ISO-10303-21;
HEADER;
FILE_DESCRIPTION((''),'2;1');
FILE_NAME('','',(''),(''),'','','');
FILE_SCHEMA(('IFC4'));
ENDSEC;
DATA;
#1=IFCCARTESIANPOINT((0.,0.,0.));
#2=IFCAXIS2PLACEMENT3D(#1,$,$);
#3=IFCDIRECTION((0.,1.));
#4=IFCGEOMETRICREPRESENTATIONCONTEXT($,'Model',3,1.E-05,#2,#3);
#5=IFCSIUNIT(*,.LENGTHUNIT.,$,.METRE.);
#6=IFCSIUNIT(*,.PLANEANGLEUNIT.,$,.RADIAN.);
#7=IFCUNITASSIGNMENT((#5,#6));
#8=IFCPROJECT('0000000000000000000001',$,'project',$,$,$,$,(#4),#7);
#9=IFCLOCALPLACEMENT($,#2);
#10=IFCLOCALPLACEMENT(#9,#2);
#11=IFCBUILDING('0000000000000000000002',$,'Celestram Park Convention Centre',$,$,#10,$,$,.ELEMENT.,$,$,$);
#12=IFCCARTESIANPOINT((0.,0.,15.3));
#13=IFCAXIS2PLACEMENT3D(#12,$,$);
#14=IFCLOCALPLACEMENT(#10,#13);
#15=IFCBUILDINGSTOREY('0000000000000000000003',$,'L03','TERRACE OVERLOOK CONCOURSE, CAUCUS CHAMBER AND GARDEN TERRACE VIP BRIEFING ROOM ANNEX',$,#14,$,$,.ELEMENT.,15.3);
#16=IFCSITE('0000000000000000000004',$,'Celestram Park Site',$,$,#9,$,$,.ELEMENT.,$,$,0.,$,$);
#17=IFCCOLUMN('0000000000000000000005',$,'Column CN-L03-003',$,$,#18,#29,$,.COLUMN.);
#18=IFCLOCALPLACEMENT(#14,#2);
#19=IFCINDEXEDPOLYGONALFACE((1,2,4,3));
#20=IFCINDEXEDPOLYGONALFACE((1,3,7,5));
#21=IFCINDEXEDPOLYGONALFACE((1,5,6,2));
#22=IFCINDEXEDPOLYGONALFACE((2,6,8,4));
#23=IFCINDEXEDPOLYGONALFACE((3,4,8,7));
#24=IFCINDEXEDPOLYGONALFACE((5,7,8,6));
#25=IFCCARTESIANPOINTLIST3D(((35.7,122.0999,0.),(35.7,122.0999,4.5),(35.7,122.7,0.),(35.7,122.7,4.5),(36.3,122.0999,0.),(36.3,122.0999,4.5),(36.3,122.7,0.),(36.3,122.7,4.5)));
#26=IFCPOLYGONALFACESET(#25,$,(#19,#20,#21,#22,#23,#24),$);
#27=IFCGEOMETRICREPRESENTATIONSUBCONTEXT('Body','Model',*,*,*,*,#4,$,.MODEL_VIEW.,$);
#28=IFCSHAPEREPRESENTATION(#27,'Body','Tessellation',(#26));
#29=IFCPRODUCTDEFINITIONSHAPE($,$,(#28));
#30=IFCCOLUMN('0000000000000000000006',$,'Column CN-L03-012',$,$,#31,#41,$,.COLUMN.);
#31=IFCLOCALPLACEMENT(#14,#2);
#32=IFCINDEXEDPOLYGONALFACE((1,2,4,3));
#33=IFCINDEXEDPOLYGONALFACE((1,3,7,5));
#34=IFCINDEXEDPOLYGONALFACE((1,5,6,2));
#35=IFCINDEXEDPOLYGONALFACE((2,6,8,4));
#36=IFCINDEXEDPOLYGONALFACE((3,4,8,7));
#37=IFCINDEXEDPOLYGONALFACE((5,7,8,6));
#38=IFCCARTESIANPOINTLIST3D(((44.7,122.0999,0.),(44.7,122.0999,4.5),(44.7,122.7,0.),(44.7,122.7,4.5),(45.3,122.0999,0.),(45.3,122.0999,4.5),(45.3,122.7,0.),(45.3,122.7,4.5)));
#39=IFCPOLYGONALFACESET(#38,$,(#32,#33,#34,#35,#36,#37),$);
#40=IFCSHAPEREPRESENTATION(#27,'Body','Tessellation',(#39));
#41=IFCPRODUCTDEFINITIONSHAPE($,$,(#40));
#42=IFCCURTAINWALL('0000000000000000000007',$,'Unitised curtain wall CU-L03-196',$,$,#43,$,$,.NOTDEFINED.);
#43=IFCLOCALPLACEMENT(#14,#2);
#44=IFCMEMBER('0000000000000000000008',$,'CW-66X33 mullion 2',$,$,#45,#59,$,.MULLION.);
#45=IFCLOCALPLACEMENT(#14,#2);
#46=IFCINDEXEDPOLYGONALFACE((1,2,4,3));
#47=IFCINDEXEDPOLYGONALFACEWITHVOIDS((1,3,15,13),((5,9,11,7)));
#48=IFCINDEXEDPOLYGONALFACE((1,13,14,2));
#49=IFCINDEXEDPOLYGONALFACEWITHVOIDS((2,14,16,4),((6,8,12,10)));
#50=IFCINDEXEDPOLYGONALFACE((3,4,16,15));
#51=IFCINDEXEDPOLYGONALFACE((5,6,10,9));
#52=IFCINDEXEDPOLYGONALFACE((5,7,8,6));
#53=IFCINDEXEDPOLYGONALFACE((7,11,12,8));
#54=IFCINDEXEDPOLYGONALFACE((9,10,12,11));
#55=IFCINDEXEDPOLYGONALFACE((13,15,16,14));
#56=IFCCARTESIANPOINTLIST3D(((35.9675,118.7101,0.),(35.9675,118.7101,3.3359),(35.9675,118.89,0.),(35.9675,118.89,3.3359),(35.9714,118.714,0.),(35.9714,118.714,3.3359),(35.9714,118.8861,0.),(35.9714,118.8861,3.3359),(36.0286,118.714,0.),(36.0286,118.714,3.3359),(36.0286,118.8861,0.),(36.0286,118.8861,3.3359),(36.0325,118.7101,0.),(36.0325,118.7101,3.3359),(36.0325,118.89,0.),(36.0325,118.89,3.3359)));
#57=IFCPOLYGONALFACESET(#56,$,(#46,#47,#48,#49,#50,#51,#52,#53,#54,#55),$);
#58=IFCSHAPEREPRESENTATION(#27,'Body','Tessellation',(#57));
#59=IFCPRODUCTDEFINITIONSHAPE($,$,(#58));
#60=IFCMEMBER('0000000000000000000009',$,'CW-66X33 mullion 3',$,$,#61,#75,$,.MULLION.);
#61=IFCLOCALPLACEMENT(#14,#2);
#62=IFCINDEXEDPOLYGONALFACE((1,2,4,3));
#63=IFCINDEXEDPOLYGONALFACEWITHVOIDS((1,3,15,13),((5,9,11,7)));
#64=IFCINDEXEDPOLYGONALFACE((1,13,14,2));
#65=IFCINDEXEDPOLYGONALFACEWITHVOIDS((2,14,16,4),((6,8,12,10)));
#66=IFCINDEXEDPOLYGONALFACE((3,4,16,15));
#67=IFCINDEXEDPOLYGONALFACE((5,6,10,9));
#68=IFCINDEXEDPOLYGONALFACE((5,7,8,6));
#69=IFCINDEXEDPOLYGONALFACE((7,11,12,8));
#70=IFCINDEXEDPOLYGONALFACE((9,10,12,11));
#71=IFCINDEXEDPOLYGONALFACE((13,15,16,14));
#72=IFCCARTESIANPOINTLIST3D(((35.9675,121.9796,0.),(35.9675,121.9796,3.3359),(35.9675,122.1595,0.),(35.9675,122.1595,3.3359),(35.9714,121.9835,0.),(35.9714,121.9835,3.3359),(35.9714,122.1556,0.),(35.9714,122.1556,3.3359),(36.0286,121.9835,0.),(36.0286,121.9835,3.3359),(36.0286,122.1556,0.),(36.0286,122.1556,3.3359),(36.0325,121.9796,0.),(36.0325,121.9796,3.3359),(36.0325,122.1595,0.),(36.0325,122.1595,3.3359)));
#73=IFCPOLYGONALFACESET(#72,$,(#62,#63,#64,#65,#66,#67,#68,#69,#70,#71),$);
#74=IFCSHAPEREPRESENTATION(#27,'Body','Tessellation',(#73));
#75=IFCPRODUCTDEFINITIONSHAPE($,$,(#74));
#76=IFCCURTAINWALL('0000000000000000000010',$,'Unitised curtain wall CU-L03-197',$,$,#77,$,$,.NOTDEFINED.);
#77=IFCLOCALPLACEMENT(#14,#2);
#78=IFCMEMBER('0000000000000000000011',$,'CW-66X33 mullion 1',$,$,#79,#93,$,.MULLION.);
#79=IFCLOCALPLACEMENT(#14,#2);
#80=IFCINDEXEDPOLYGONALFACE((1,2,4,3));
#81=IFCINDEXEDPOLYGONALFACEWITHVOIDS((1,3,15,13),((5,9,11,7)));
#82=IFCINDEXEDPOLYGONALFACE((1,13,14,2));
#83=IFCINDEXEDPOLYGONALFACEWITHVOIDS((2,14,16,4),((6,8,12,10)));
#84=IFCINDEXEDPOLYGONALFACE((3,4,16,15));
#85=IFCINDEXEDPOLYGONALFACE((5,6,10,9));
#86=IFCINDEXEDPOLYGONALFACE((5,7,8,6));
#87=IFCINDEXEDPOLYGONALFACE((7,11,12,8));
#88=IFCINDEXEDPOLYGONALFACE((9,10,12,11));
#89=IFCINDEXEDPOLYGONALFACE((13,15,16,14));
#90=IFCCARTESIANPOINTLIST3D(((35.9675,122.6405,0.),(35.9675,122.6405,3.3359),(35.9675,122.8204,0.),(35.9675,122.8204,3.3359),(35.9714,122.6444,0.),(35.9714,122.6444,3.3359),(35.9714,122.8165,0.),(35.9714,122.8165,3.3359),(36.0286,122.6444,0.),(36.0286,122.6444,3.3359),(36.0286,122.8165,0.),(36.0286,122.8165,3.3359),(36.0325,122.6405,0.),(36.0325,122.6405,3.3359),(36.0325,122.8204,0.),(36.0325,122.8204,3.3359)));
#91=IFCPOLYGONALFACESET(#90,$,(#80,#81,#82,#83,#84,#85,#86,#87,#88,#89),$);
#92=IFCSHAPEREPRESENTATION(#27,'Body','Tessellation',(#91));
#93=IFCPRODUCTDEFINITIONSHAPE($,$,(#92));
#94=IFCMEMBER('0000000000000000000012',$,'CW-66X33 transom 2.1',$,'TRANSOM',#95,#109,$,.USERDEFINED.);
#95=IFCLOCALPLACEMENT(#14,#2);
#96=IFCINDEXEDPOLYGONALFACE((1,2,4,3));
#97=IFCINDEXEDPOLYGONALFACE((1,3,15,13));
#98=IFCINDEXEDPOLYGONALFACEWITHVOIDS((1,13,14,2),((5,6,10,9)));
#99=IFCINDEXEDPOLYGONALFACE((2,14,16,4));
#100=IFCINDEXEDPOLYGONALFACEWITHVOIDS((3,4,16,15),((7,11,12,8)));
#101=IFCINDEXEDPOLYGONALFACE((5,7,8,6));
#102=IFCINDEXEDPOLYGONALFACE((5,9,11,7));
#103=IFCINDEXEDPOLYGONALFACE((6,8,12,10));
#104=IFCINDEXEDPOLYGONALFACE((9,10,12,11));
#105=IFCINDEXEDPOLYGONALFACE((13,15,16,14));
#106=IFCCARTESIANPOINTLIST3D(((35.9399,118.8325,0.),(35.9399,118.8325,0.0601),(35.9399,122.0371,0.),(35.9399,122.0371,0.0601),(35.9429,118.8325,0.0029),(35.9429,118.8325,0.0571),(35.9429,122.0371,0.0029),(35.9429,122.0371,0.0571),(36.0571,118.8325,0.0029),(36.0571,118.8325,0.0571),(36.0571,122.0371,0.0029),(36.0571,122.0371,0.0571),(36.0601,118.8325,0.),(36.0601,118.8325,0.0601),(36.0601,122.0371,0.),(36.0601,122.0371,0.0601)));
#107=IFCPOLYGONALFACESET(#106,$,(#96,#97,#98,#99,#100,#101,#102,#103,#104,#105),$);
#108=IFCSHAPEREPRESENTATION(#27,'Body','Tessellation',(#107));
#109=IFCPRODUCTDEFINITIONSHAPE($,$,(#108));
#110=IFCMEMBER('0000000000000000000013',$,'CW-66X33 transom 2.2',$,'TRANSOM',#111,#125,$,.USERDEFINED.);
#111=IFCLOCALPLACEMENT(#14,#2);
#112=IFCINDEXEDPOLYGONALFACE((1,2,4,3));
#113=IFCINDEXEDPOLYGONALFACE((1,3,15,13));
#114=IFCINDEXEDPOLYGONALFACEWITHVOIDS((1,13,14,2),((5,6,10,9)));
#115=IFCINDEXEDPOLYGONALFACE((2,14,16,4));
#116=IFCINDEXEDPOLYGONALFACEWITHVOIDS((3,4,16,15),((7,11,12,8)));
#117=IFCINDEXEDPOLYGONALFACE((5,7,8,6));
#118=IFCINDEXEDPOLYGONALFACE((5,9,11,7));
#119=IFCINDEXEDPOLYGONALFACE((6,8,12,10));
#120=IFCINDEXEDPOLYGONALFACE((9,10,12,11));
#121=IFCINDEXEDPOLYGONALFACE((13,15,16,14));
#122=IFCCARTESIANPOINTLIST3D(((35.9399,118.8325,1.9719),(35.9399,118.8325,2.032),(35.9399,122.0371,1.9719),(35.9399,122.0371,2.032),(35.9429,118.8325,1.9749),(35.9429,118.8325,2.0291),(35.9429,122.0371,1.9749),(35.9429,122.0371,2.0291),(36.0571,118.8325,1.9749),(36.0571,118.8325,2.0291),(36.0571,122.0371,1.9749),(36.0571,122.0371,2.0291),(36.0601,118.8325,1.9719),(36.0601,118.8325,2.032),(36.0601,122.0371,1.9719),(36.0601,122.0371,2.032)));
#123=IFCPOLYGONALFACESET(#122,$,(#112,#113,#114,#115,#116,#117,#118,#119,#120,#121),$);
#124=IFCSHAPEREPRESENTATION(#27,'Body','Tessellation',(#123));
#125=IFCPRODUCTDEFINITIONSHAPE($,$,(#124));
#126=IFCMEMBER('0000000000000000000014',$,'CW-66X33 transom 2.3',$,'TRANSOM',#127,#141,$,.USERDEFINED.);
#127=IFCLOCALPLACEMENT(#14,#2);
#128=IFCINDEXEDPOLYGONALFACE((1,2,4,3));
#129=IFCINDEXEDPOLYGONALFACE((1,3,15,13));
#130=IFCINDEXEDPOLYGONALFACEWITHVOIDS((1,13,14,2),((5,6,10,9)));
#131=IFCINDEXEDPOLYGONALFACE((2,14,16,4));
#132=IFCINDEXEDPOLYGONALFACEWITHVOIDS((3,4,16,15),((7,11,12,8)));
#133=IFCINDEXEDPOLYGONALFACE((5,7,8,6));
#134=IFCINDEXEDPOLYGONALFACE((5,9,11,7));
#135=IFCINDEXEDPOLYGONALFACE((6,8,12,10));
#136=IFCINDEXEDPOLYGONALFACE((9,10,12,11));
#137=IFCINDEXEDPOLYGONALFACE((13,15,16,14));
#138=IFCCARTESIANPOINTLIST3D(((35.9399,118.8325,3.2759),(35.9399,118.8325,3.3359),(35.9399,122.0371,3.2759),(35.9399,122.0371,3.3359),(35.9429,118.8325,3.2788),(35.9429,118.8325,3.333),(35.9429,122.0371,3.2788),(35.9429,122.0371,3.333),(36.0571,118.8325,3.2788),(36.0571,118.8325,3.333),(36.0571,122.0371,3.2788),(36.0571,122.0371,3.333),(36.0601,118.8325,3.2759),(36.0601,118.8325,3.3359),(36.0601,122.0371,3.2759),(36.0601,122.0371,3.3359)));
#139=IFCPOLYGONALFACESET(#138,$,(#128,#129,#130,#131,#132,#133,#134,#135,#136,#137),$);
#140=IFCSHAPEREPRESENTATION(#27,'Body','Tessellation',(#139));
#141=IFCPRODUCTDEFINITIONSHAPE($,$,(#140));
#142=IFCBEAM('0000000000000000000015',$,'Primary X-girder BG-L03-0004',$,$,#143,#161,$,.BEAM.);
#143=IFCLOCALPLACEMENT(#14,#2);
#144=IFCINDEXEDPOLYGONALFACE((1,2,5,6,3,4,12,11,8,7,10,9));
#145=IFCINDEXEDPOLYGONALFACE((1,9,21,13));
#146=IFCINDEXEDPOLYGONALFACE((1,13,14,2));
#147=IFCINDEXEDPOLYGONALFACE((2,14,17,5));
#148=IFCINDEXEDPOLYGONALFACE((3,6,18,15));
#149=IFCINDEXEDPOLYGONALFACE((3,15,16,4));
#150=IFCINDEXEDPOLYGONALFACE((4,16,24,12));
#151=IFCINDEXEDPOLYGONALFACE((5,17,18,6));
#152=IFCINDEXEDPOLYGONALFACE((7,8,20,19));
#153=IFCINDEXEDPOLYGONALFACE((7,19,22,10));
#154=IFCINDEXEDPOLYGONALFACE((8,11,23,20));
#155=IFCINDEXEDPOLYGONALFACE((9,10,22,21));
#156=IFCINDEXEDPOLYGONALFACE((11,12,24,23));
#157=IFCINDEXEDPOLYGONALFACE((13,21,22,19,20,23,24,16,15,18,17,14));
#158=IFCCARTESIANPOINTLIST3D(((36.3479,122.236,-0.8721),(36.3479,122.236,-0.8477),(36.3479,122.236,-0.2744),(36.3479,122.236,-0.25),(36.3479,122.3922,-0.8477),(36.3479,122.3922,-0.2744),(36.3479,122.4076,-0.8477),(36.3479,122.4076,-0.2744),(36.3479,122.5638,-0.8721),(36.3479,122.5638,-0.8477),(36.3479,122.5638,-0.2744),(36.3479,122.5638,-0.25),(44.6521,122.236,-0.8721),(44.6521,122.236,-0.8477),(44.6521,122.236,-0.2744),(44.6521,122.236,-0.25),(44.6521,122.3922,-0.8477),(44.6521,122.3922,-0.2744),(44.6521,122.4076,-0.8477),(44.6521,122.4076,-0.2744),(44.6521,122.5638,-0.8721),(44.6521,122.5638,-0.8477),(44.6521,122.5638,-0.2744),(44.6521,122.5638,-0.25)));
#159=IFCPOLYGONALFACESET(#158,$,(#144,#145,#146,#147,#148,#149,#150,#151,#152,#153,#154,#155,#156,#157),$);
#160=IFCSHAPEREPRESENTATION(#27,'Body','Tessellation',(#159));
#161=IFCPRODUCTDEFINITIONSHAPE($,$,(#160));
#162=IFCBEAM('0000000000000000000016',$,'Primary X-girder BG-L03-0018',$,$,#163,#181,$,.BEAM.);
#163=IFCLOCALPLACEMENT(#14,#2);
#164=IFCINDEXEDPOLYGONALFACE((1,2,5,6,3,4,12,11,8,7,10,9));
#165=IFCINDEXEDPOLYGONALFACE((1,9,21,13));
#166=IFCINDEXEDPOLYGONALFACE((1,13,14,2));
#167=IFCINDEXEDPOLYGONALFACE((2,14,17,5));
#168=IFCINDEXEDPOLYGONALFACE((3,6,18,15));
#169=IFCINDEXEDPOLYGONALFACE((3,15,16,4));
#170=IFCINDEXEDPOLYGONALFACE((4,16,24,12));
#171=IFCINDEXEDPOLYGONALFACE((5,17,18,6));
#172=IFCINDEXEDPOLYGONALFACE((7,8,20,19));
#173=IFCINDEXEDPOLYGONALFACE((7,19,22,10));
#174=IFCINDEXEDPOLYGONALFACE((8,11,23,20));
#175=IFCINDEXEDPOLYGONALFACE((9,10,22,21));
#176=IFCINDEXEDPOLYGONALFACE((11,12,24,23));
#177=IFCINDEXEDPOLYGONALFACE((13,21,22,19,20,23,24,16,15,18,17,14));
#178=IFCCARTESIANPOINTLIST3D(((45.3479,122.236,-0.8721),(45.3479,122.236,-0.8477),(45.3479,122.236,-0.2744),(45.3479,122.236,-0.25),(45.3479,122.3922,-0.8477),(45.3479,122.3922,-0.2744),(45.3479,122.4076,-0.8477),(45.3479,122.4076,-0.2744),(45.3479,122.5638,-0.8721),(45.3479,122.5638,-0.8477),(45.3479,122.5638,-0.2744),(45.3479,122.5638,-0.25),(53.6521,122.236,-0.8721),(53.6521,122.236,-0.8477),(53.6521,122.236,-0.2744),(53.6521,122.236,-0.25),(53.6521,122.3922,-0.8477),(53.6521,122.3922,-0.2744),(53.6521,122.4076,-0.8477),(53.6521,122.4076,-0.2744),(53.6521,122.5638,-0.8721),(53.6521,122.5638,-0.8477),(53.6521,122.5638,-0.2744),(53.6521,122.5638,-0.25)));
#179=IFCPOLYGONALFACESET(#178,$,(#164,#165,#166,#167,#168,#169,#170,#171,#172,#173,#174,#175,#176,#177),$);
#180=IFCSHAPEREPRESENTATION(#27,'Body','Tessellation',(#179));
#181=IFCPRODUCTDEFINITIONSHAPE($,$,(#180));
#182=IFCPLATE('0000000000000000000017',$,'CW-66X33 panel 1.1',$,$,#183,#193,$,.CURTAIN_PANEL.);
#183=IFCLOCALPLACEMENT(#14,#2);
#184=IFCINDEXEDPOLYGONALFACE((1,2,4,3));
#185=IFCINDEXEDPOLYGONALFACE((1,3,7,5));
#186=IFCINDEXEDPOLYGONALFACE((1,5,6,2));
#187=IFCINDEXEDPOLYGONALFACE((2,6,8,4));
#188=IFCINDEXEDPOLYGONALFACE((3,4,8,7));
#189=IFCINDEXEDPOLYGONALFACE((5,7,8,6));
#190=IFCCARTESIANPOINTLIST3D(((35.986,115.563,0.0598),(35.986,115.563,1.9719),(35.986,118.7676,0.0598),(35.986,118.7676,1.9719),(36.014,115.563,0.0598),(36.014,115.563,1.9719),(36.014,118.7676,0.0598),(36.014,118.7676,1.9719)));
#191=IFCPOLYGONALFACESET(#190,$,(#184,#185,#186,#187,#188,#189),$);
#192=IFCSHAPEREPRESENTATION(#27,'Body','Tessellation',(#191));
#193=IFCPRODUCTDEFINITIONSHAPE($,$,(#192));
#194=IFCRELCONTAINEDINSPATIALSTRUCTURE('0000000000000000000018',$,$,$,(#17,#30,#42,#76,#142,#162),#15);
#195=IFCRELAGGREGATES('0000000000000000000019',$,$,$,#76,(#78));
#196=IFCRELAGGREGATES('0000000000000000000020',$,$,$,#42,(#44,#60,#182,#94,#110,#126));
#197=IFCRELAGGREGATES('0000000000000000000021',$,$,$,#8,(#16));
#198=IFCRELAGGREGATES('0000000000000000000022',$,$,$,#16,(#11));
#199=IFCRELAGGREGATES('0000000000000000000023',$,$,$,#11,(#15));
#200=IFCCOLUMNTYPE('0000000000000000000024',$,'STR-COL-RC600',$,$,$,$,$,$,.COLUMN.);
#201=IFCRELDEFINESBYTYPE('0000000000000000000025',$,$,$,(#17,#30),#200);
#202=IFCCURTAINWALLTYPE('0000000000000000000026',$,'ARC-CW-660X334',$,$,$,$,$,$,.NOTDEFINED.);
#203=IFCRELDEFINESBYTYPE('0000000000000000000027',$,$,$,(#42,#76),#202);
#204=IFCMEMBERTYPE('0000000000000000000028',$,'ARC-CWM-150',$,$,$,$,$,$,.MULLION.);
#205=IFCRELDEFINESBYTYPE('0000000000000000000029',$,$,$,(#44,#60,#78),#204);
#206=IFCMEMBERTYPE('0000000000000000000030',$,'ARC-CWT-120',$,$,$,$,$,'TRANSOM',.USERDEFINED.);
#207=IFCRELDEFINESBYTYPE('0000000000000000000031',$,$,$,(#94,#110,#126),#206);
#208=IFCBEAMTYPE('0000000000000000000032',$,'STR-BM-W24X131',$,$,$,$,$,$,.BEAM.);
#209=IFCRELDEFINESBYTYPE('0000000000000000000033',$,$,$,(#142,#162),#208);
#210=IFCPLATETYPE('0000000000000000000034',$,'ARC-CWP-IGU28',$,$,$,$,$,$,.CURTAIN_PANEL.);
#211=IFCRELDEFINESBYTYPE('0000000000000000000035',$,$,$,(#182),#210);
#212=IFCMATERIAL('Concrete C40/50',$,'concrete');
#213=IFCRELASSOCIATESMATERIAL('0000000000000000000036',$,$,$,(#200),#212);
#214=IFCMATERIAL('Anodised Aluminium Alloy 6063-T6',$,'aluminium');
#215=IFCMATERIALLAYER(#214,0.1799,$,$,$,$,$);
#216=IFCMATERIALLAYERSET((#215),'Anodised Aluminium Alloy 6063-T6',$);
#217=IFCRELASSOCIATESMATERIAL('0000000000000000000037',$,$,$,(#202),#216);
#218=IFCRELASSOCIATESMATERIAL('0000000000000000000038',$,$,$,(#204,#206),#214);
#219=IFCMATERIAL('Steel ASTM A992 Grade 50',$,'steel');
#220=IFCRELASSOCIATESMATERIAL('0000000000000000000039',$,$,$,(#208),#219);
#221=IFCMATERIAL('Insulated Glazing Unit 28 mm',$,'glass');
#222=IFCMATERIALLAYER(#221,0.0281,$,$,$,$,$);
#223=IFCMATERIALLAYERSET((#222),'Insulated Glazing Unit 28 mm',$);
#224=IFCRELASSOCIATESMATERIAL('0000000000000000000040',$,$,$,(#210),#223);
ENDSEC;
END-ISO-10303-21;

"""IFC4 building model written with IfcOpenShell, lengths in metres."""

from ifc_helpers import new_model, si_unit, direction, frame, origin, origin_2d, place, context, subcontext, project, spatial, rectangle, hollow_rectangle, i_section, extrude, material, layer, layer_set, material_profile, profile_set, type_object, element, aggregate, save


model = new_model("IFC4")

# Units and contexts
model_context = context("Model", 3, precision=1e-05, world=origin(), true_north=direction((0.0, 1.0)))
body_context = subcontext(model_context, "Body", "Model", "MODEL_VIEW")
ifc_project = project(units=[si_unit("LENGTHUNIT", "METRE"), si_unit("PLANEANGLEUNIT", "RADIAN")], contexts=[model_context])

# Site, building, storey
site_placement = place(None, origin())
site = spatial("IfcSite", under=ifc_project, at=site_placement, Name="Celestram Park Site", CompositionType="ELEMENT", RefElevation=0.0)
building_placement = place(site_placement, origin())
building = spatial("IfcBuilding", under=site, at=building_placement, Name="Celestram Park Convention Centre", CompositionType="ELEMENT")
storey_placement = place(building_placement, frame((0.0, 0.0, 15.3)))
storey = spatial("IfcBuildingStorey", under=building, at=storey_placement, Name="L03", Description="TERRACE OVERLOOK CONCOURSE, CAUCUS CHAMBER AND GARDEN TERRACE VIP BRIEFING ROOM ANNEX", CompositionType="ELEMENT", Elevation=15.3)

# Columns
ifc_material_1 = material(Name="Concrete C40/50", Category="concrete")
ifc_material_profile_1 = material_profile(ifc_material_1, rectangle(XDim=0.6001, YDim=0.6001, at=origin_2d()), Name="RC600X600")
ifc_profile_set_1 = profile_set([ifc_material_profile_1], Name="Concrete C40/50")
column_type = type_object("IfcColumnType", Name="STR-COL-RC600", PredefinedType="COLUMN", material=ifc_profile_set_1)
for number, where, z_axis, x_axis, name in (
    (1, (36.0, 122.3999, 0.0), (0.0, 0.0, 1.0), (1.0, 0.0, 0.0), "Column CN-L03-003"),
    (2, (45.0, 122.3999, 0.0), (0.0, 0.0, 1.0), (1.0, 0.0, 0.0), "Column CN-L03-012"),
):
    element("IfcColumn", number, at=place(storey_placement, frame(where, z_axis=z_axis, x_axis=x_axis)), inside=storey, type_object=column_type, Name=name, PredefinedType="COLUMN", context=body_context, shape_type="SweptSolid", body=[
        extrude(rectangle(XDim=0.6001, YDim=0.6001, at=origin_2d()), origin(), (0.0, 0.0, 1.0), 4.5),
    ])

# Curtain wall, members
ifc_material_2 = material(Name="Anodised Aluminium Alloy 6063-T6", Category="aluminium")
ifc_layer_1 = layer(ifc_material_2, 0.1799)
ifc_layer_set_1 = layer_set([ifc_layer_1], Name="Anodised Aluminium Alloy 6063-T6")
curtain_wall_type = type_object("IfcCurtainWallType", Name="ARC-CW-660X334", PredefinedType="NOTDEFINED", material=ifc_layer_set_1)
curtain_wall_1_placement = place(storey_placement, origin())
curtain_wall_1 = element("IfcCurtainWall", 3, at=curtain_wall_1_placement, inside=storey, type_object=curtain_wall_type, Name="Unitised curtain wall CU-L03-196", PredefinedType="NOTDEFINED")
ifc_material_profile_2 = material_profile(ifc_material_2, hollow_rectangle(XDim=0.0649, YDim=0.1799, WallThickness=0.0039, at=origin_2d()), Name="ALU65X180X4")
ifc_profile_set_2 = profile_set([ifc_material_profile_2], Name="Anodised Aluminium Alloy 6063-T6")
member_type_1 = type_object("IfcMemberType", Name="ARC-CWM-150", PredefinedType="MULLION", material=ifc_profile_set_2)
member_1_placement = place(storey_placement, frame((36.0, 118.8, 0.0), z_axis=(0.0, 0.0, 1.0), x_axis=(-1.0, 0.0, 0.0)))
member_1 = element("IfcMember", 4, at=member_1_placement, type_object=member_type_1, Name="CW-66X33 mullion 2", PredefinedType="MULLION", context=body_context, shape_type="SweptSolid", body=[
    extrude(hollow_rectangle(XDim=0.0649, YDim=0.1799, WallThickness=0.0039, at=origin_2d()), origin(), (0.0, 0.0, 1.0), 3.3359),
])
member_2_placement = place(storey_placement, frame((36.0, 122.0696, 0.0), z_axis=(0.0, 0.0, 1.0), x_axis=(-1.0, 0.0, 0.0)))
member_2 = element("IfcMember", 5, at=member_2_placement, type_object=member_type_1, Name="CW-66X33 mullion 3", PredefinedType="MULLION", context=body_context, shape_type="SweptSolid", body=[
    extrude(hollow_rectangle(XDim=0.0649, YDim=0.1799, WallThickness=0.0039, at=origin_2d()), origin(), (0.0, 0.0, 1.0), 3.3359),
])

# Curtain wall, member
curtain_wall_2_placement = place(storey_placement, origin())
curtain_wall_2 = element("IfcCurtainWall", 6, at=curtain_wall_2_placement, inside=storey, type_object=curtain_wall_type, Name="Unitised curtain wall CU-L03-197", PredefinedType="NOTDEFINED")
member_3_placement = place(storey_placement, frame((36.0, 122.7305, 0.0), z_axis=(0.0, 0.0, 1.0), x_axis=(-1.0, 0.0, 0.0)))
member_3 = element("IfcMember", 7, at=member_3_placement, type_object=member_type_1, Name="CW-66X33 mullion 1", PredefinedType="MULLION", context=body_context, shape_type="SweptSolid", body=[
    extrude(hollow_rectangle(XDim=0.0649, YDim=0.1799, WallThickness=0.0039, at=origin_2d()), origin(), (0.0, 0.0, 1.0), 3.3359),
])
aggregate(curtain_wall_2, [member_3])

# Members
ifc_material_profile_3 = material_profile(ifc_material_2, hollow_rectangle(XDim=0.1201, YDim=0.0601, WallThickness=0.0029, at=origin_2d()), Name="ALU120X60X3")
ifc_profile_set_3 = profile_set([ifc_material_profile_3], Name="Anodised Aluminium Alloy 6063-T6")
member_type_2 = type_object("IfcMemberType", Name="ARC-CWT-120", ElementType="TRANSOM", PredefinedType="USERDEFINED", material=ifc_profile_set_3)
member_4_placement = place(storey_placement, frame((36.0, 118.8325, 0.03), z_axis=(0.0, 1.0, 0.0), x_axis=(-1.0, 0.0, 0.0)))
member_4 = element("IfcMember", 8, at=member_4_placement, type_object=member_type_2, Name="CW-66X33 transom 2.1", ObjectType="TRANSOM", PredefinedType="USERDEFINED", context=body_context, shape_type="SweptSolid", body=[
    extrude(hollow_rectangle(XDim=0.1201, YDim=0.0601, WallThickness=0.0029, at=origin_2d()), origin(), (0.0, 0.0, 1.0), 3.2046),
])
member_5_placement = place(storey_placement, frame((36.0, 118.8325, 2.002), z_axis=(0.0, 1.0, 0.0), x_axis=(-1.0, 0.0, 0.0)))
member_5 = element("IfcMember", 9, at=member_5_placement, type_object=member_type_2, Name="CW-66X33 transom 2.2", ObjectType="TRANSOM", PredefinedType="USERDEFINED", context=body_context, shape_type="SweptSolid", body=[
    extrude(hollow_rectangle(XDim=0.1201, YDim=0.0601, WallThickness=0.0029, at=origin_2d()), origin(), (0.0, 0.0, 1.0), 3.2046),
])
member_6_placement = place(storey_placement, frame((36.0, 118.8325, 3.3059), z_axis=(0.0, 1.0, 0.0), x_axis=(-1.0, 0.0, 0.0)))
member_6 = element("IfcMember", 10, at=member_6_placement, type_object=member_type_2, Name="CW-66X33 transom 2.3", ObjectType="TRANSOM", PredefinedType="USERDEFINED", context=body_context, shape_type="SweptSolid", body=[
    extrude(hollow_rectangle(XDim=0.1201, YDim=0.0601, WallThickness=0.0029, at=origin_2d()), origin(), (0.0, 0.0, 1.0), 3.2046),
])

# Beams
ifc_material_3 = material(Name="Steel ASTM A992 Grade 50", Category="steel")
ifc_material_profile_4 = material_profile(ifc_material_3, i_section(OverallWidth=0.3279, OverallDepth=0.6221, WebThickness=0.0154, FlangeThickness=0.0244, at=origin_2d()), Name="W24X131")
ifc_profile_set_4 = profile_set([ifc_material_profile_4], Name="Steel ASTM A992 Grade 50")
beam_type = type_object("IfcBeamType", Name="STR-BM-W24X131", PredefinedType="BEAM", material=ifc_profile_set_4)
for number, where, z_axis, x_axis, name in (
    (11, (36.3479, 122.3999, -0.561), (1.0, 0.0, 0.0), (0.0, 1.0, 0.0), "Primary X-girder BG-L03-0004"),
    (12, (45.3479, 122.3999, -0.561), (1.0, 0.0, 0.0), (0.0, 1.0, 0.0), "Primary X-girder BG-L03-0018"),
):
    element("IfcBeam", number, at=place(storey_placement, frame(where, z_axis=z_axis, x_axis=x_axis)), inside=storey, type_object=beam_type, Name=name, PredefinedType="BEAM", context=body_context, shape_type="SweptSolid", body=[
        extrude(i_section(OverallWidth=0.3279, OverallDepth=0.6221, WebThickness=0.0154, FlangeThickness=0.0244, at=origin_2d()), origin(), (0.0, 0.0, 1.0), 8.3042),
    ])

# Plate
ifc_material_4 = material(Name="Insulated Glazing Unit 28 mm", Category="glass")
ifc_layer_2 = layer(ifc_material_4, 0.0281)
ifc_layer_set_2 = layer_set([ifc_layer_2], Name="Insulated Glazing Unit 28 mm")
plate_type = type_object("IfcPlateType", Name="ARC-CWP-IGU28", PredefinedType="CURTAIN_PANEL", material=ifc_layer_set_2)
plate_1_placement = place(storey_placement, frame((36.0, 117.1653, 0.0598), z_axis=(0.0, 0.0, 1.0), x_axis=(0.0, 1.0, 0.0)))
plate_1 = element("IfcPlate", 13, at=plate_1_placement, type_object=plate_type, Name="CW-66X33 panel 1.1", PredefinedType="CURTAIN_PANEL", context=body_context, shape_type="SweptSolid", body=[
    extrude(rectangle(XDim=3.2046, YDim=0.0281, at=origin_2d()), origin(), (0.0, 0.0, 1.0), 1.9121),
])
aggregate(curtain_wall_1, [member_1, member_2, plate_1, member_4, member_5, member_6])

save(model, "model.ifc")
